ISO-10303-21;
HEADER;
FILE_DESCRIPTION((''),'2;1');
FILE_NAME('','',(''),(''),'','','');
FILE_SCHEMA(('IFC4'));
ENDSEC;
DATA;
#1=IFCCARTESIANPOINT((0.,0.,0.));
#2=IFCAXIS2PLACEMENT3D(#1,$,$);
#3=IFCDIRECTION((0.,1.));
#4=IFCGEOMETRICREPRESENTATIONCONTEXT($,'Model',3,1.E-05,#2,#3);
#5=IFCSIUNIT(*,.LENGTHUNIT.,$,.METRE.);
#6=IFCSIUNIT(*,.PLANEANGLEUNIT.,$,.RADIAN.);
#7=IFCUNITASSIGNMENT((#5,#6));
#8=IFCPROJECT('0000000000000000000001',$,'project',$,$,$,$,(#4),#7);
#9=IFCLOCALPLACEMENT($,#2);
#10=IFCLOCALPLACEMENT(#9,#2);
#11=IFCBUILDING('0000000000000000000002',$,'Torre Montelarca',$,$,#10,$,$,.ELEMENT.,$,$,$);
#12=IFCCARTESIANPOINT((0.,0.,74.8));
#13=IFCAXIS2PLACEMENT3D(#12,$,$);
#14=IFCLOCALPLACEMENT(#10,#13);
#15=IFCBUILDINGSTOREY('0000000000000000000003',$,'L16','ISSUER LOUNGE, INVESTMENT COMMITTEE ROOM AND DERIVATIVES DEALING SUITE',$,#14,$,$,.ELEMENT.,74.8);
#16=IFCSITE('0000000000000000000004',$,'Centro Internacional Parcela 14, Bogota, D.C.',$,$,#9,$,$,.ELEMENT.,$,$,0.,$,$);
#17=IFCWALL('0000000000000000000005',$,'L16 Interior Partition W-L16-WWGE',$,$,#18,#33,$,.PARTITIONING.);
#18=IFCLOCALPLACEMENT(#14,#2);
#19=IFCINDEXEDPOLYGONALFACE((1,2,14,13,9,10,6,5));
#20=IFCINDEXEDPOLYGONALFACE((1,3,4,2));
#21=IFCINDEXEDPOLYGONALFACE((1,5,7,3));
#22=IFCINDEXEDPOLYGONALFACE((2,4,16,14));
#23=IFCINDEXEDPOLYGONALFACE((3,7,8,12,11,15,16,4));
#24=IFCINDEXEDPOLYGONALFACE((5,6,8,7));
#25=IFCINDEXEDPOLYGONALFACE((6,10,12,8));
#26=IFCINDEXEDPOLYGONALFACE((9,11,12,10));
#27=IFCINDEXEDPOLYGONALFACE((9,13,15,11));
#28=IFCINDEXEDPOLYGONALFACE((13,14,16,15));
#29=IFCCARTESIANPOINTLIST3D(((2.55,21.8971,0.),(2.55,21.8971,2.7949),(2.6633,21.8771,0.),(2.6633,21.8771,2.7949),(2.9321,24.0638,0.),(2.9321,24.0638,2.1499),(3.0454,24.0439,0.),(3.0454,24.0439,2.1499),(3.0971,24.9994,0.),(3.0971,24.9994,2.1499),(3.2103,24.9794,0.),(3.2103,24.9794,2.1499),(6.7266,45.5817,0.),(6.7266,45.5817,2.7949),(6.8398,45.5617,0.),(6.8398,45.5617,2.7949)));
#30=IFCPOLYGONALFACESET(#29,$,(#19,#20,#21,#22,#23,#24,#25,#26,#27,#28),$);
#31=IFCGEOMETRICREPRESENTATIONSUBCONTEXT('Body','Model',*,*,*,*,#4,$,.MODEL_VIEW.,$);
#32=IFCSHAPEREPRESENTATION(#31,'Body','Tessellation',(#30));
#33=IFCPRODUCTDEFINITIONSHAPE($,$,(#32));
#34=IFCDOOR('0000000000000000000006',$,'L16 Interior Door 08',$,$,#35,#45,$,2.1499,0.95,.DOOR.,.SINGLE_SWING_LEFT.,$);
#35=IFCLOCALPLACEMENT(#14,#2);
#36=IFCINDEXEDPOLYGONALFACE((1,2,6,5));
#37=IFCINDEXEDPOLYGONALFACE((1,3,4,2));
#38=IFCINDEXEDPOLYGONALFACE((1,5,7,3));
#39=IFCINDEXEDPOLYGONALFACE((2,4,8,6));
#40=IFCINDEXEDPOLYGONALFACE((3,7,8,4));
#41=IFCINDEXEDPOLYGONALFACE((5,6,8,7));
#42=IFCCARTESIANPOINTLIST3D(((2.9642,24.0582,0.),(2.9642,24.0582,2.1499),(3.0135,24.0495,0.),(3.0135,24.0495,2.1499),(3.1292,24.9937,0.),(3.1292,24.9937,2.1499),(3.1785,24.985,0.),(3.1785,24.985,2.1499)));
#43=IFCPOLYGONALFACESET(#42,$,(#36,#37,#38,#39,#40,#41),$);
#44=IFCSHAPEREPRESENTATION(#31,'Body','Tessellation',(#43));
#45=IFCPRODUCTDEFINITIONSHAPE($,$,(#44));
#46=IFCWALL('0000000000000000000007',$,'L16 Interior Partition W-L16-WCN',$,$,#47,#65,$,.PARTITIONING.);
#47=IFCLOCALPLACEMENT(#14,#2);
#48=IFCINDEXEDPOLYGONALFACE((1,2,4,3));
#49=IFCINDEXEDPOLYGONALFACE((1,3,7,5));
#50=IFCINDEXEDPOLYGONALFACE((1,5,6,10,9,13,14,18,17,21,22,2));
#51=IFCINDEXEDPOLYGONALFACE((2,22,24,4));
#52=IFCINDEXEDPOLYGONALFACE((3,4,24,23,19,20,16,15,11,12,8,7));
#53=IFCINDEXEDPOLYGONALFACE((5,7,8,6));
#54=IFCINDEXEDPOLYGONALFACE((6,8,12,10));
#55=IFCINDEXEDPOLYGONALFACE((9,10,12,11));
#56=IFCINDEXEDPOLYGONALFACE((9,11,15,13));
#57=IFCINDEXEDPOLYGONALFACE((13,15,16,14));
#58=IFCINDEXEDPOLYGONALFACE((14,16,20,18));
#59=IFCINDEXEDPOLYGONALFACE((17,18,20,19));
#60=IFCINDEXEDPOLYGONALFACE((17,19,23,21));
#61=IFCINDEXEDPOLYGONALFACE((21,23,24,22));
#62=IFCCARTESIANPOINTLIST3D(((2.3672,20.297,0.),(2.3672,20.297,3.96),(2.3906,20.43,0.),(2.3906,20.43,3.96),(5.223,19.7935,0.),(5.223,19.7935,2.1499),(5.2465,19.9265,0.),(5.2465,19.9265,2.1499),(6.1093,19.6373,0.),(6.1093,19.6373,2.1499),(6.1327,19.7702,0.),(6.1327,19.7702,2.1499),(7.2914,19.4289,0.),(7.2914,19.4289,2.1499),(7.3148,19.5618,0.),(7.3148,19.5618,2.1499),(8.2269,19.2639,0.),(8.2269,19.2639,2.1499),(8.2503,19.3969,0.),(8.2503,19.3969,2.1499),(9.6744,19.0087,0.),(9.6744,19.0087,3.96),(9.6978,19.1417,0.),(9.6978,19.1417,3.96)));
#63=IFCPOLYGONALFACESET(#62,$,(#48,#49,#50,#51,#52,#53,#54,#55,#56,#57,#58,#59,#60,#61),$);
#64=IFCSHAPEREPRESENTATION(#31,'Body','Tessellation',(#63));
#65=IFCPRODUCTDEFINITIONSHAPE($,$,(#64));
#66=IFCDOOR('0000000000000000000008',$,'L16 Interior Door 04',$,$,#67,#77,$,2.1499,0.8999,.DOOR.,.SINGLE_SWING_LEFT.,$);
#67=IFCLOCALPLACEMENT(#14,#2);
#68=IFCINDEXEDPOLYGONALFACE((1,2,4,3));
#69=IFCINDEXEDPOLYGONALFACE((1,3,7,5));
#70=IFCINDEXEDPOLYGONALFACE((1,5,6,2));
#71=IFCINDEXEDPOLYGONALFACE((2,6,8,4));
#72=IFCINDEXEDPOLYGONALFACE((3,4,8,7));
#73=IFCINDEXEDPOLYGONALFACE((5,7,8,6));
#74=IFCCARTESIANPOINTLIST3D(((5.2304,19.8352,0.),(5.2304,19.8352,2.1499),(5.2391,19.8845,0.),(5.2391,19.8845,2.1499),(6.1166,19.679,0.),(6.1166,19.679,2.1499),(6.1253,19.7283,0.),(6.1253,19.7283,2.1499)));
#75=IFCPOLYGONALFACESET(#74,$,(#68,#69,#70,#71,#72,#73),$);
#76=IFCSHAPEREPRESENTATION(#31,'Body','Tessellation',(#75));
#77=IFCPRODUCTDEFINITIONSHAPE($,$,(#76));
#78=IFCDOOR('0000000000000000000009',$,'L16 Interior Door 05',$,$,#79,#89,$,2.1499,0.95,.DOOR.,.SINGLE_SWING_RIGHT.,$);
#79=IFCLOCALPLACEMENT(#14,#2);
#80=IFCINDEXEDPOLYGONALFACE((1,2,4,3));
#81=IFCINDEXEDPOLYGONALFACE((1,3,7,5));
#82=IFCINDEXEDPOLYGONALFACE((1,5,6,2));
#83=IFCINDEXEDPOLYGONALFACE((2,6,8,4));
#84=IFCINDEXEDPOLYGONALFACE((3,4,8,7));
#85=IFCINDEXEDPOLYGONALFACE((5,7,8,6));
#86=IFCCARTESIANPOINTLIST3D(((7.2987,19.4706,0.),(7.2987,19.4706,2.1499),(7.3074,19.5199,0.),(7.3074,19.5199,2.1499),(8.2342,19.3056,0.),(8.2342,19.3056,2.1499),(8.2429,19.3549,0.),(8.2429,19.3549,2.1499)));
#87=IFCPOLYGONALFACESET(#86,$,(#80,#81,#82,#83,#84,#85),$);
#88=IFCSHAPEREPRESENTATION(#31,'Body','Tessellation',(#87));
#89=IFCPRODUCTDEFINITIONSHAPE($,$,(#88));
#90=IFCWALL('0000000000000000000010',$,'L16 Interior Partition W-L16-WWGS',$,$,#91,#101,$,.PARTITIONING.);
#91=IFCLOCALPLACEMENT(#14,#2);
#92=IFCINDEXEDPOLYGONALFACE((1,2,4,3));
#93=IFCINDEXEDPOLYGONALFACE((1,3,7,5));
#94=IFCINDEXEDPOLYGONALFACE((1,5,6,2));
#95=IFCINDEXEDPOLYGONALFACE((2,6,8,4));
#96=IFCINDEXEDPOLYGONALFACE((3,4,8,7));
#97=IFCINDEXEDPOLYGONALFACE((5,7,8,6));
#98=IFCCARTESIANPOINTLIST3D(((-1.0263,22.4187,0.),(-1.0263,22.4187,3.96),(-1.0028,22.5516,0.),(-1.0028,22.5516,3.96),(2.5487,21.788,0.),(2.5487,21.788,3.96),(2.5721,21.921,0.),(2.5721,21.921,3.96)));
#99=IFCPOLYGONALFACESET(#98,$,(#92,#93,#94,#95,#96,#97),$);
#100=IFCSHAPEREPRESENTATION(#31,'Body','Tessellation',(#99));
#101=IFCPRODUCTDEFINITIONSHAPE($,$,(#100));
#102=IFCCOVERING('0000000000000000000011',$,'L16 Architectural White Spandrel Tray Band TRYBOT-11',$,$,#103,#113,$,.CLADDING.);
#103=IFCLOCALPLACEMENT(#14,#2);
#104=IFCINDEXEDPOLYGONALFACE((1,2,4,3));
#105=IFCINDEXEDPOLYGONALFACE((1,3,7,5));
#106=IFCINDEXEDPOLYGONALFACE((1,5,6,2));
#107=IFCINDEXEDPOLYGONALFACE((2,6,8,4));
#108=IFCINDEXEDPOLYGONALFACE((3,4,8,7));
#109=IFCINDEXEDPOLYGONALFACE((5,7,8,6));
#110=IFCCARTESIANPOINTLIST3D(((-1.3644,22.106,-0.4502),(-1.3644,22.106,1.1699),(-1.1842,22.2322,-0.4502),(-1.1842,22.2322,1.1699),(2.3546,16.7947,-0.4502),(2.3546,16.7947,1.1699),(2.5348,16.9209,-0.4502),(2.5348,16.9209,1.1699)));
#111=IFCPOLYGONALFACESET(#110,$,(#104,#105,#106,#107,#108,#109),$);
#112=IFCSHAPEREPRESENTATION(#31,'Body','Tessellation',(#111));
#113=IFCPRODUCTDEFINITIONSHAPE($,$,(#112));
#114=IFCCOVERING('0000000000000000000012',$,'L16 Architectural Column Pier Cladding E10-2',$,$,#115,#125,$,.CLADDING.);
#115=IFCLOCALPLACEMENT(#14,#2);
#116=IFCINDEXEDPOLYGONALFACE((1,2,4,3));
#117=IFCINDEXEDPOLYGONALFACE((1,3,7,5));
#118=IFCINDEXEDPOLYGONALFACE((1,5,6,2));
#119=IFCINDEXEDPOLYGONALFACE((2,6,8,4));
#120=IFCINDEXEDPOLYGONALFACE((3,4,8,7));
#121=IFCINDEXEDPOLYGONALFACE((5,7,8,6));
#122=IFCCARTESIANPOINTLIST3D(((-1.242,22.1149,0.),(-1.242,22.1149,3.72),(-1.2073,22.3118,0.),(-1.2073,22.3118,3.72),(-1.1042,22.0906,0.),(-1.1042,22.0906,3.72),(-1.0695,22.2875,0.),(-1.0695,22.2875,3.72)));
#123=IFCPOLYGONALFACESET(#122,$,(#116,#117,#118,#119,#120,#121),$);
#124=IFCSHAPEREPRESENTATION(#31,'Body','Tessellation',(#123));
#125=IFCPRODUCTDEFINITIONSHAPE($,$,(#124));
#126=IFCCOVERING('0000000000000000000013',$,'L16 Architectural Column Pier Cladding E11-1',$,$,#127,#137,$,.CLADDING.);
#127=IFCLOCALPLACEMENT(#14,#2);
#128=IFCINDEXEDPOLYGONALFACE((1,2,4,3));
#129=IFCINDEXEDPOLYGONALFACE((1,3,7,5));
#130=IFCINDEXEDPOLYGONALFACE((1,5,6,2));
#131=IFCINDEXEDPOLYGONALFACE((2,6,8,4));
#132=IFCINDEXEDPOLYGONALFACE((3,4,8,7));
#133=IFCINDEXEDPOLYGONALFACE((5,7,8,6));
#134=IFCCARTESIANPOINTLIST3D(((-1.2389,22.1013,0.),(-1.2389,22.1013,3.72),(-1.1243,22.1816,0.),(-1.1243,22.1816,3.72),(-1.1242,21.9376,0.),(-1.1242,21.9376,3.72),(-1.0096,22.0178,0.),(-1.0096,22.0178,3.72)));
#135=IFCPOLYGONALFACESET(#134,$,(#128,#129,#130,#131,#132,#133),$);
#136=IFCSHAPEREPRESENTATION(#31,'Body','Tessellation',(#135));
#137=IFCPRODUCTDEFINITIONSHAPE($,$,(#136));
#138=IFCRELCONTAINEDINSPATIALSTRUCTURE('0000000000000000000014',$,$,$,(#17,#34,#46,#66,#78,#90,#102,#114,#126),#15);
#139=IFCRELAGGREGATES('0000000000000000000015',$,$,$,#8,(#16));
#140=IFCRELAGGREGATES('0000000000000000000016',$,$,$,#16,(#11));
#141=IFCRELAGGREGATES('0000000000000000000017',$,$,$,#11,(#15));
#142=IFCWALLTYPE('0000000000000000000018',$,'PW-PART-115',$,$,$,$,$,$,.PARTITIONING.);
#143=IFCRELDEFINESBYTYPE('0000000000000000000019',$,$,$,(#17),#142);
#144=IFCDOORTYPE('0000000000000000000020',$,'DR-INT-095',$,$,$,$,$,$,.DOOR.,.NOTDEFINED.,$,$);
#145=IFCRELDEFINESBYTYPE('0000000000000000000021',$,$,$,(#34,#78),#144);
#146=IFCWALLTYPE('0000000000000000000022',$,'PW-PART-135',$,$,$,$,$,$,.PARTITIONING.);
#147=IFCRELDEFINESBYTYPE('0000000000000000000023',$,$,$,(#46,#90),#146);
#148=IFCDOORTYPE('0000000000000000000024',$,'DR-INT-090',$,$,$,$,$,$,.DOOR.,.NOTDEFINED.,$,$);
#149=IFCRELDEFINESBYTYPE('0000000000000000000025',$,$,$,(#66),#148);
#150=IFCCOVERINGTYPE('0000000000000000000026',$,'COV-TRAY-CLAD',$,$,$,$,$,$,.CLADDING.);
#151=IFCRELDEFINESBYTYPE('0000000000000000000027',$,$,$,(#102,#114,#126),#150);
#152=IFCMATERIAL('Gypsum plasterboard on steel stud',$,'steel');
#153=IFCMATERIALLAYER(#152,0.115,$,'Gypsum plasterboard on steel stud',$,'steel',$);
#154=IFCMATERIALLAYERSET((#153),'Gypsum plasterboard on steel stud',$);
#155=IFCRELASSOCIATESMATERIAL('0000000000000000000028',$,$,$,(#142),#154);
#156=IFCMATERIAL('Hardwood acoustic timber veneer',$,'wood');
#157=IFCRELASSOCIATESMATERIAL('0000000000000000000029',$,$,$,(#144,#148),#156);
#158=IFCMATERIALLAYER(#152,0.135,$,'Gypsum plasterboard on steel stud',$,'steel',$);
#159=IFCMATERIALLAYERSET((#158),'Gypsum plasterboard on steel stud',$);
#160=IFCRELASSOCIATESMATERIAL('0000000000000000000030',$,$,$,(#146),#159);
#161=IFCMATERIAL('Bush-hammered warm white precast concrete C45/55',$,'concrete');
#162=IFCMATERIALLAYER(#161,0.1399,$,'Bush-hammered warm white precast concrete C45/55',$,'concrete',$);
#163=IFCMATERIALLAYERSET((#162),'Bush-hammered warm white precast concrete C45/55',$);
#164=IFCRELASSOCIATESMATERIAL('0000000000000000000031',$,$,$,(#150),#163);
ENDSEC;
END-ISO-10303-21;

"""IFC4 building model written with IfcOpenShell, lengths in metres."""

from ifc_helpers import new_model, si_unit, direction, frame, frame_2d, origin, origin_2d, place, context, subcontext, project, spatial, rectangle, extrude, source, transform, mapped, material, layer, layer_set, type_object, element, fill, save


model = new_model("IFC4")

# Units and contexts
model_context = context("Model", 3, precision=1e-05, world=origin(), true_north=direction((0.0, 1.0)))
body_context = subcontext(model_context, "Body", "Model", "MODEL_VIEW")
ifc_project = project(units=[si_unit("LENGTHUNIT", "METRE"), si_unit("PLANEANGLEUNIT", "RADIAN")], contexts=[model_context])

# Site, building, storey
site_placement = place(None, origin())
site = spatial("IfcSite", under=ifc_project, at=site_placement, Name="Centro Internacional Parcela 14, Bogota, D.C.", CompositionType="ELEMENT", RefElevation=0.0)
building_placement = place(site_placement, origin())
building = spatial("IfcBuilding", under=site, at=building_placement, Name="Torre Montelarca", CompositionType="ELEMENT")
storey_placement = place(building_placement, frame((0.0, 0.0, 74.8)))
storey = spatial("IfcBuildingStorey", under=building, at=storey_placement, Name="L16", Description="ISSUER LOUNGE, INVESTMENT COMMITTEE ROOM AND DERIVATIVES DEALING SUITE", CompositionType="ELEMENT", Elevation=74.8)

# Shared definitions
ifc_material_1 = material(Name="Gypsum plasterboard on steel stud", Category="steel")

# Wall, opening, door
ifc_layer_1 = layer(ifc_material_1, 0.115, Name="Gypsum plasterboard on steel stud", Category="steel")
ifc_layer_set_1 = layer_set([ifc_layer_1], Name="Gypsum plasterboard on steel stud")
wall_type_1 = type_object("IfcWallType", Name="PW-PART-115", PredefinedType="PARTITIONING", material=ifc_layer_set_1)
wall_1_placement = place(storey_placement, frame((2.6067, 21.8872, 0.0), z_axis=(0.0, 0.0, 1.0), x_axis=(0.17366, 0.984806, 0.0)))
wall_1 = element("IfcWall", 1, at=wall_1_placement, inside=storey, type_object=wall_type_1, Name="L16 Interior Partition W-L16-WWGE", PredefinedType="PARTITIONING", context=body_context, shape_type="SweptSolid", body=[
    extrude(rectangle(XDim=24.05, YDim=0.115, at=frame_2d((12.0249, 0.0))), origin(), (0.0, 0.0, 1.0), 2.7949),
])
opening_1_placement = place(wall_1_placement, frame((2.2, 0.0, 0.0)))
opening_1 = element("IfcOpeningElement", 2, at=opening_1_placement, cuts=wall_1, PredefinedType="OPENING", context=body_context, shape_type="SweptSolid", body=[
    extrude(rectangle(XDim=0.95, YDim=2.1499, at=frame_2d((0.4751, 1.075))), frame((0.0, 0.0674, 0.0), z_axis=(0.0, -1.0, 0.0), x_axis=(1.0, 0.0, 0.0)), (0.0, 0.0, 1.0), 0.135),
])
ifc_material_2 = material(Name="Hardwood acoustic timber veneer", Category="wood")
door_type_1 = type_object("IfcDoorType", Name="DR-INT-095", OperationType="NOTDEFINED", PredefinedType="DOOR", material=ifc_material_2)
shared_shape_1 = source(origin(), body_context, "Body", "SweptSolid", [
    extrude(rectangle(XDim=0.95, YDim=2.1499, at=frame_2d((0.4751, 1.075))), frame((0.0, 0.0249, 0.0), z_axis=(0.0, -1.0, 0.0), x_axis=(1.0, 0.0, 0.0)), (0.0, 0.0, 1.0), 0.05),
])
door_1_placement = place(opening_1_placement, origin())
door_1 = element("IfcDoor", 3, at=door_1_placement, inside=storey, type_object=door_type_1, Name="L16 Interior Door 08", OperationType="SINGLE_SWING_LEFT", OverallHeight=2.1499, OverallWidth=0.95, PredefinedType="DOOR", context=body_context, shape_type="MappedRepresentation", body=[
    mapped(shared_shape_1, transform((0.0, 0.0, 0.0), scale=1.0)),
])
fill(opening_1, door_1)

# Wall, openings, doors
ifc_layer_2 = layer(ifc_material_1, 0.135, Name="Gypsum plasterboard on steel stud", Category="steel")
ifc_layer_set_2 = layer_set([ifc_layer_2], Name="Gypsum plasterboard on steel stud")
wall_type_2 = type_object("IfcWallType", Name="PW-PART-135", PredefinedType="PARTITIONING", material=ifc_layer_set_2)
wall_2_placement = place(storey_placement, frame((2.3789, 20.3635, 0.0), z_axis=(0.0, 0.0, 1.0), x_axis=(0.98481, -0.173633, 0.0)))
wall_2 = element("IfcWall", 4, at=wall_2_placement, inside=storey, type_object=wall_type_2, Name="L16 Interior Partition W-L16-WCN", PredefinedType="PARTITIONING", context=body_context, shape_type="SweptSolid", body=[
    extrude(rectangle(XDim=7.4199, YDim=0.135, at=frame_2d((3.71, 0.0))), origin(), (0.0, 0.0, 1.0), 3.96),
])
opening_2_placement = place(wall_2_placement, frame((2.8999, 0.0, 0.0)))
opening_2 = element("IfcOpeningElement", 5, at=opening_2_placement, cuts=wall_2, PredefinedType="OPENING", context=body_context, shape_type="SweptSolid", body=[
    extrude(rectangle(XDim=0.8999, YDim=2.1499, at=frame_2d((0.45, 1.075))), frame((0.0, 0.0776, 0.0), z_axis=(0.0, -1.0, 0.0), x_axis=(1.0, 0.0, 0.0)), (0.0, 0.0, 1.0), 0.155),
])
opening_3_placement = place(wall_2_placement, frame((5.0, 0.0, 0.0)))
opening_3 = element("IfcOpeningElement", 6, at=opening_3_placement, cuts=wall_2, PredefinedType="OPENING", context=body_context, shape_type="SweptSolid", body=[
    extrude(rectangle(XDim=0.95, YDim=2.1499, at=frame_2d((0.4751, 1.075))), frame((0.0, 0.0776, 0.0), z_axis=(0.0, -1.0, 0.0), x_axis=(1.0, 0.0, 0.0)), (0.0, 0.0, 1.0), 0.155),
])
door_type_2 = type_object("IfcDoorType", Name="DR-INT-090", OperationType="NOTDEFINED", PredefinedType="DOOR", material=ifc_material_2)
shared_shape_2 = source(origin(), body_context, "Body", "SweptSolid", [
    extrude(rectangle(XDim=0.8999, YDim=2.1499, at=frame_2d((0.45, 1.075))), frame((0.0, 0.0249, 0.0), z_axis=(0.0, -1.0, 0.0), x_axis=(1.0, 0.0, 0.0)), (0.0, 0.0, 1.0), 0.05),
])
door_2_placement = place(opening_2_placement, origin())
door_2 = element("IfcDoor", 7, at=door_2_placement, inside=storey, type_object=door_type_2, Name="L16 Interior Door 04", OperationType="SINGLE_SWING_LEFT", OverallHeight=2.1499, OverallWidth=0.8999, PredefinedType="DOOR", context=body_context, shape_type="MappedRepresentation", body=[
    mapped(shared_shape_2, transform((0.0, 0.0, 0.0), scale=1.0)),
])
fill(opening_2, door_2)
door_3_placement = place(opening_3_placement, origin())
door_3 = element("IfcDoor", 8, at=door_3_placement, inside=storey, type_object=door_type_1, Name="L16 Interior Door 05", OperationType="SINGLE_SWING_RIGHT", OverallHeight=2.1499, OverallWidth=0.95, PredefinedType="DOOR", context=body_context, shape_type="MappedRepresentation", body=[
    mapped(shared_shape_1, transform((0.0, 0.0, 0.0), scale=1.0)),
])
fill(opening_3, door_3)

# Wall
wall_3_placement = place(storey_placement, frame((-1.0144, 22.4851, 0.0), z_axis=(0.0, 0.0, 1.0), x_axis=(0.984796, -0.173716, 0.0)))
element("IfcWall", 9, at=wall_3_placement, inside=storey, type_object=wall_type_2, Name="L16 Interior Partition W-L16-WWGS", PredefinedType="PARTITIONING", context=body_context, shape_type="SweptSolid", body=[
    extrude(rectangle(XDim=3.6301, YDim=0.135, at=frame_2d((1.8149, 0.0))), origin(), (0.0, 0.0, 1.0), 3.96),
])

# Coverings
ifc_material_3 = material(Name="Bush-hammered warm white precast concrete C45/55", Category="concrete")
ifc_layer_3 = layer(ifc_material_3, 0.1399, Name="Bush-hammered warm white precast concrete C45/55", Category="concrete")
ifc_layer_set_3 = layer_set([ifc_layer_3], Name="Bush-hammered warm white precast concrete C45/55")
covering_type = type_object("IfcCoveringType", Name="COV-TRAY-CLAD", PredefinedType="CLADDING", material=ifc_layer_set_3)
shared_shape_3 = source(origin(), body_context, "Body", "SweptSolid", [
    extrude(rectangle(XDim=6.4839, YDim=0.22, at=origin_2d()), origin(), (0.0, 0.0, 1.0), 1.6201),
])
covering_placement = place(storey_placement, frame((0.5852, 19.5134, -0.4502), z_axis=(0.0, 0.0, 1.0), x_axis=(0.573571, -0.819156, 0.0)))
element("IfcCovering", 10, at=covering_placement, inside=storey, type_object=covering_type, Name="L16 Architectural White Spandrel Tray Band TRYBOT-11", PredefinedType="CLADDING", context=body_context, shape_type="MappedRepresentation", body=[
    mapped(shared_shape_3, transform((0.0, 0.0, 0.0), scale=1.0)),
])
shared_shape_4 = source(origin(), body_context, "Body", "SweptSolid", [
    extrude(rectangle(XDim=0.2, YDim=0.1399, at=origin_2d()), origin(), (0.0, 0.0, 1.0), 3.72),
])
for number, where, z_axis, x_axis, name in (
    (11, (-1.1558, 22.2012, 0.0), (0.0, 0.0, 1.0), (-0.173648, -0.984808, 0.0), "L16 Architectural Column Pier Cladding E10-2"),
    (12, (-1.1243, 22.0596, 0.0), (0.0, 0.0, 1.0), (0.573558, -0.819165, 0.0), "L16 Architectural Column Pier Cladding E11-1"),
):
    element("IfcCovering", number, at=place(storey_placement, frame(where, z_axis=z_axis, x_axis=x_axis)), inside=storey, type_object=covering_type, Name=name, PredefinedType="CLADDING", context=body_context, shape_type="MappedRepresentation", body=[
        mapped(shared_shape_4, transform((0.0, 0.0, 0.0), scale=1.0)),
    ])

save(model, "model.ifc")
